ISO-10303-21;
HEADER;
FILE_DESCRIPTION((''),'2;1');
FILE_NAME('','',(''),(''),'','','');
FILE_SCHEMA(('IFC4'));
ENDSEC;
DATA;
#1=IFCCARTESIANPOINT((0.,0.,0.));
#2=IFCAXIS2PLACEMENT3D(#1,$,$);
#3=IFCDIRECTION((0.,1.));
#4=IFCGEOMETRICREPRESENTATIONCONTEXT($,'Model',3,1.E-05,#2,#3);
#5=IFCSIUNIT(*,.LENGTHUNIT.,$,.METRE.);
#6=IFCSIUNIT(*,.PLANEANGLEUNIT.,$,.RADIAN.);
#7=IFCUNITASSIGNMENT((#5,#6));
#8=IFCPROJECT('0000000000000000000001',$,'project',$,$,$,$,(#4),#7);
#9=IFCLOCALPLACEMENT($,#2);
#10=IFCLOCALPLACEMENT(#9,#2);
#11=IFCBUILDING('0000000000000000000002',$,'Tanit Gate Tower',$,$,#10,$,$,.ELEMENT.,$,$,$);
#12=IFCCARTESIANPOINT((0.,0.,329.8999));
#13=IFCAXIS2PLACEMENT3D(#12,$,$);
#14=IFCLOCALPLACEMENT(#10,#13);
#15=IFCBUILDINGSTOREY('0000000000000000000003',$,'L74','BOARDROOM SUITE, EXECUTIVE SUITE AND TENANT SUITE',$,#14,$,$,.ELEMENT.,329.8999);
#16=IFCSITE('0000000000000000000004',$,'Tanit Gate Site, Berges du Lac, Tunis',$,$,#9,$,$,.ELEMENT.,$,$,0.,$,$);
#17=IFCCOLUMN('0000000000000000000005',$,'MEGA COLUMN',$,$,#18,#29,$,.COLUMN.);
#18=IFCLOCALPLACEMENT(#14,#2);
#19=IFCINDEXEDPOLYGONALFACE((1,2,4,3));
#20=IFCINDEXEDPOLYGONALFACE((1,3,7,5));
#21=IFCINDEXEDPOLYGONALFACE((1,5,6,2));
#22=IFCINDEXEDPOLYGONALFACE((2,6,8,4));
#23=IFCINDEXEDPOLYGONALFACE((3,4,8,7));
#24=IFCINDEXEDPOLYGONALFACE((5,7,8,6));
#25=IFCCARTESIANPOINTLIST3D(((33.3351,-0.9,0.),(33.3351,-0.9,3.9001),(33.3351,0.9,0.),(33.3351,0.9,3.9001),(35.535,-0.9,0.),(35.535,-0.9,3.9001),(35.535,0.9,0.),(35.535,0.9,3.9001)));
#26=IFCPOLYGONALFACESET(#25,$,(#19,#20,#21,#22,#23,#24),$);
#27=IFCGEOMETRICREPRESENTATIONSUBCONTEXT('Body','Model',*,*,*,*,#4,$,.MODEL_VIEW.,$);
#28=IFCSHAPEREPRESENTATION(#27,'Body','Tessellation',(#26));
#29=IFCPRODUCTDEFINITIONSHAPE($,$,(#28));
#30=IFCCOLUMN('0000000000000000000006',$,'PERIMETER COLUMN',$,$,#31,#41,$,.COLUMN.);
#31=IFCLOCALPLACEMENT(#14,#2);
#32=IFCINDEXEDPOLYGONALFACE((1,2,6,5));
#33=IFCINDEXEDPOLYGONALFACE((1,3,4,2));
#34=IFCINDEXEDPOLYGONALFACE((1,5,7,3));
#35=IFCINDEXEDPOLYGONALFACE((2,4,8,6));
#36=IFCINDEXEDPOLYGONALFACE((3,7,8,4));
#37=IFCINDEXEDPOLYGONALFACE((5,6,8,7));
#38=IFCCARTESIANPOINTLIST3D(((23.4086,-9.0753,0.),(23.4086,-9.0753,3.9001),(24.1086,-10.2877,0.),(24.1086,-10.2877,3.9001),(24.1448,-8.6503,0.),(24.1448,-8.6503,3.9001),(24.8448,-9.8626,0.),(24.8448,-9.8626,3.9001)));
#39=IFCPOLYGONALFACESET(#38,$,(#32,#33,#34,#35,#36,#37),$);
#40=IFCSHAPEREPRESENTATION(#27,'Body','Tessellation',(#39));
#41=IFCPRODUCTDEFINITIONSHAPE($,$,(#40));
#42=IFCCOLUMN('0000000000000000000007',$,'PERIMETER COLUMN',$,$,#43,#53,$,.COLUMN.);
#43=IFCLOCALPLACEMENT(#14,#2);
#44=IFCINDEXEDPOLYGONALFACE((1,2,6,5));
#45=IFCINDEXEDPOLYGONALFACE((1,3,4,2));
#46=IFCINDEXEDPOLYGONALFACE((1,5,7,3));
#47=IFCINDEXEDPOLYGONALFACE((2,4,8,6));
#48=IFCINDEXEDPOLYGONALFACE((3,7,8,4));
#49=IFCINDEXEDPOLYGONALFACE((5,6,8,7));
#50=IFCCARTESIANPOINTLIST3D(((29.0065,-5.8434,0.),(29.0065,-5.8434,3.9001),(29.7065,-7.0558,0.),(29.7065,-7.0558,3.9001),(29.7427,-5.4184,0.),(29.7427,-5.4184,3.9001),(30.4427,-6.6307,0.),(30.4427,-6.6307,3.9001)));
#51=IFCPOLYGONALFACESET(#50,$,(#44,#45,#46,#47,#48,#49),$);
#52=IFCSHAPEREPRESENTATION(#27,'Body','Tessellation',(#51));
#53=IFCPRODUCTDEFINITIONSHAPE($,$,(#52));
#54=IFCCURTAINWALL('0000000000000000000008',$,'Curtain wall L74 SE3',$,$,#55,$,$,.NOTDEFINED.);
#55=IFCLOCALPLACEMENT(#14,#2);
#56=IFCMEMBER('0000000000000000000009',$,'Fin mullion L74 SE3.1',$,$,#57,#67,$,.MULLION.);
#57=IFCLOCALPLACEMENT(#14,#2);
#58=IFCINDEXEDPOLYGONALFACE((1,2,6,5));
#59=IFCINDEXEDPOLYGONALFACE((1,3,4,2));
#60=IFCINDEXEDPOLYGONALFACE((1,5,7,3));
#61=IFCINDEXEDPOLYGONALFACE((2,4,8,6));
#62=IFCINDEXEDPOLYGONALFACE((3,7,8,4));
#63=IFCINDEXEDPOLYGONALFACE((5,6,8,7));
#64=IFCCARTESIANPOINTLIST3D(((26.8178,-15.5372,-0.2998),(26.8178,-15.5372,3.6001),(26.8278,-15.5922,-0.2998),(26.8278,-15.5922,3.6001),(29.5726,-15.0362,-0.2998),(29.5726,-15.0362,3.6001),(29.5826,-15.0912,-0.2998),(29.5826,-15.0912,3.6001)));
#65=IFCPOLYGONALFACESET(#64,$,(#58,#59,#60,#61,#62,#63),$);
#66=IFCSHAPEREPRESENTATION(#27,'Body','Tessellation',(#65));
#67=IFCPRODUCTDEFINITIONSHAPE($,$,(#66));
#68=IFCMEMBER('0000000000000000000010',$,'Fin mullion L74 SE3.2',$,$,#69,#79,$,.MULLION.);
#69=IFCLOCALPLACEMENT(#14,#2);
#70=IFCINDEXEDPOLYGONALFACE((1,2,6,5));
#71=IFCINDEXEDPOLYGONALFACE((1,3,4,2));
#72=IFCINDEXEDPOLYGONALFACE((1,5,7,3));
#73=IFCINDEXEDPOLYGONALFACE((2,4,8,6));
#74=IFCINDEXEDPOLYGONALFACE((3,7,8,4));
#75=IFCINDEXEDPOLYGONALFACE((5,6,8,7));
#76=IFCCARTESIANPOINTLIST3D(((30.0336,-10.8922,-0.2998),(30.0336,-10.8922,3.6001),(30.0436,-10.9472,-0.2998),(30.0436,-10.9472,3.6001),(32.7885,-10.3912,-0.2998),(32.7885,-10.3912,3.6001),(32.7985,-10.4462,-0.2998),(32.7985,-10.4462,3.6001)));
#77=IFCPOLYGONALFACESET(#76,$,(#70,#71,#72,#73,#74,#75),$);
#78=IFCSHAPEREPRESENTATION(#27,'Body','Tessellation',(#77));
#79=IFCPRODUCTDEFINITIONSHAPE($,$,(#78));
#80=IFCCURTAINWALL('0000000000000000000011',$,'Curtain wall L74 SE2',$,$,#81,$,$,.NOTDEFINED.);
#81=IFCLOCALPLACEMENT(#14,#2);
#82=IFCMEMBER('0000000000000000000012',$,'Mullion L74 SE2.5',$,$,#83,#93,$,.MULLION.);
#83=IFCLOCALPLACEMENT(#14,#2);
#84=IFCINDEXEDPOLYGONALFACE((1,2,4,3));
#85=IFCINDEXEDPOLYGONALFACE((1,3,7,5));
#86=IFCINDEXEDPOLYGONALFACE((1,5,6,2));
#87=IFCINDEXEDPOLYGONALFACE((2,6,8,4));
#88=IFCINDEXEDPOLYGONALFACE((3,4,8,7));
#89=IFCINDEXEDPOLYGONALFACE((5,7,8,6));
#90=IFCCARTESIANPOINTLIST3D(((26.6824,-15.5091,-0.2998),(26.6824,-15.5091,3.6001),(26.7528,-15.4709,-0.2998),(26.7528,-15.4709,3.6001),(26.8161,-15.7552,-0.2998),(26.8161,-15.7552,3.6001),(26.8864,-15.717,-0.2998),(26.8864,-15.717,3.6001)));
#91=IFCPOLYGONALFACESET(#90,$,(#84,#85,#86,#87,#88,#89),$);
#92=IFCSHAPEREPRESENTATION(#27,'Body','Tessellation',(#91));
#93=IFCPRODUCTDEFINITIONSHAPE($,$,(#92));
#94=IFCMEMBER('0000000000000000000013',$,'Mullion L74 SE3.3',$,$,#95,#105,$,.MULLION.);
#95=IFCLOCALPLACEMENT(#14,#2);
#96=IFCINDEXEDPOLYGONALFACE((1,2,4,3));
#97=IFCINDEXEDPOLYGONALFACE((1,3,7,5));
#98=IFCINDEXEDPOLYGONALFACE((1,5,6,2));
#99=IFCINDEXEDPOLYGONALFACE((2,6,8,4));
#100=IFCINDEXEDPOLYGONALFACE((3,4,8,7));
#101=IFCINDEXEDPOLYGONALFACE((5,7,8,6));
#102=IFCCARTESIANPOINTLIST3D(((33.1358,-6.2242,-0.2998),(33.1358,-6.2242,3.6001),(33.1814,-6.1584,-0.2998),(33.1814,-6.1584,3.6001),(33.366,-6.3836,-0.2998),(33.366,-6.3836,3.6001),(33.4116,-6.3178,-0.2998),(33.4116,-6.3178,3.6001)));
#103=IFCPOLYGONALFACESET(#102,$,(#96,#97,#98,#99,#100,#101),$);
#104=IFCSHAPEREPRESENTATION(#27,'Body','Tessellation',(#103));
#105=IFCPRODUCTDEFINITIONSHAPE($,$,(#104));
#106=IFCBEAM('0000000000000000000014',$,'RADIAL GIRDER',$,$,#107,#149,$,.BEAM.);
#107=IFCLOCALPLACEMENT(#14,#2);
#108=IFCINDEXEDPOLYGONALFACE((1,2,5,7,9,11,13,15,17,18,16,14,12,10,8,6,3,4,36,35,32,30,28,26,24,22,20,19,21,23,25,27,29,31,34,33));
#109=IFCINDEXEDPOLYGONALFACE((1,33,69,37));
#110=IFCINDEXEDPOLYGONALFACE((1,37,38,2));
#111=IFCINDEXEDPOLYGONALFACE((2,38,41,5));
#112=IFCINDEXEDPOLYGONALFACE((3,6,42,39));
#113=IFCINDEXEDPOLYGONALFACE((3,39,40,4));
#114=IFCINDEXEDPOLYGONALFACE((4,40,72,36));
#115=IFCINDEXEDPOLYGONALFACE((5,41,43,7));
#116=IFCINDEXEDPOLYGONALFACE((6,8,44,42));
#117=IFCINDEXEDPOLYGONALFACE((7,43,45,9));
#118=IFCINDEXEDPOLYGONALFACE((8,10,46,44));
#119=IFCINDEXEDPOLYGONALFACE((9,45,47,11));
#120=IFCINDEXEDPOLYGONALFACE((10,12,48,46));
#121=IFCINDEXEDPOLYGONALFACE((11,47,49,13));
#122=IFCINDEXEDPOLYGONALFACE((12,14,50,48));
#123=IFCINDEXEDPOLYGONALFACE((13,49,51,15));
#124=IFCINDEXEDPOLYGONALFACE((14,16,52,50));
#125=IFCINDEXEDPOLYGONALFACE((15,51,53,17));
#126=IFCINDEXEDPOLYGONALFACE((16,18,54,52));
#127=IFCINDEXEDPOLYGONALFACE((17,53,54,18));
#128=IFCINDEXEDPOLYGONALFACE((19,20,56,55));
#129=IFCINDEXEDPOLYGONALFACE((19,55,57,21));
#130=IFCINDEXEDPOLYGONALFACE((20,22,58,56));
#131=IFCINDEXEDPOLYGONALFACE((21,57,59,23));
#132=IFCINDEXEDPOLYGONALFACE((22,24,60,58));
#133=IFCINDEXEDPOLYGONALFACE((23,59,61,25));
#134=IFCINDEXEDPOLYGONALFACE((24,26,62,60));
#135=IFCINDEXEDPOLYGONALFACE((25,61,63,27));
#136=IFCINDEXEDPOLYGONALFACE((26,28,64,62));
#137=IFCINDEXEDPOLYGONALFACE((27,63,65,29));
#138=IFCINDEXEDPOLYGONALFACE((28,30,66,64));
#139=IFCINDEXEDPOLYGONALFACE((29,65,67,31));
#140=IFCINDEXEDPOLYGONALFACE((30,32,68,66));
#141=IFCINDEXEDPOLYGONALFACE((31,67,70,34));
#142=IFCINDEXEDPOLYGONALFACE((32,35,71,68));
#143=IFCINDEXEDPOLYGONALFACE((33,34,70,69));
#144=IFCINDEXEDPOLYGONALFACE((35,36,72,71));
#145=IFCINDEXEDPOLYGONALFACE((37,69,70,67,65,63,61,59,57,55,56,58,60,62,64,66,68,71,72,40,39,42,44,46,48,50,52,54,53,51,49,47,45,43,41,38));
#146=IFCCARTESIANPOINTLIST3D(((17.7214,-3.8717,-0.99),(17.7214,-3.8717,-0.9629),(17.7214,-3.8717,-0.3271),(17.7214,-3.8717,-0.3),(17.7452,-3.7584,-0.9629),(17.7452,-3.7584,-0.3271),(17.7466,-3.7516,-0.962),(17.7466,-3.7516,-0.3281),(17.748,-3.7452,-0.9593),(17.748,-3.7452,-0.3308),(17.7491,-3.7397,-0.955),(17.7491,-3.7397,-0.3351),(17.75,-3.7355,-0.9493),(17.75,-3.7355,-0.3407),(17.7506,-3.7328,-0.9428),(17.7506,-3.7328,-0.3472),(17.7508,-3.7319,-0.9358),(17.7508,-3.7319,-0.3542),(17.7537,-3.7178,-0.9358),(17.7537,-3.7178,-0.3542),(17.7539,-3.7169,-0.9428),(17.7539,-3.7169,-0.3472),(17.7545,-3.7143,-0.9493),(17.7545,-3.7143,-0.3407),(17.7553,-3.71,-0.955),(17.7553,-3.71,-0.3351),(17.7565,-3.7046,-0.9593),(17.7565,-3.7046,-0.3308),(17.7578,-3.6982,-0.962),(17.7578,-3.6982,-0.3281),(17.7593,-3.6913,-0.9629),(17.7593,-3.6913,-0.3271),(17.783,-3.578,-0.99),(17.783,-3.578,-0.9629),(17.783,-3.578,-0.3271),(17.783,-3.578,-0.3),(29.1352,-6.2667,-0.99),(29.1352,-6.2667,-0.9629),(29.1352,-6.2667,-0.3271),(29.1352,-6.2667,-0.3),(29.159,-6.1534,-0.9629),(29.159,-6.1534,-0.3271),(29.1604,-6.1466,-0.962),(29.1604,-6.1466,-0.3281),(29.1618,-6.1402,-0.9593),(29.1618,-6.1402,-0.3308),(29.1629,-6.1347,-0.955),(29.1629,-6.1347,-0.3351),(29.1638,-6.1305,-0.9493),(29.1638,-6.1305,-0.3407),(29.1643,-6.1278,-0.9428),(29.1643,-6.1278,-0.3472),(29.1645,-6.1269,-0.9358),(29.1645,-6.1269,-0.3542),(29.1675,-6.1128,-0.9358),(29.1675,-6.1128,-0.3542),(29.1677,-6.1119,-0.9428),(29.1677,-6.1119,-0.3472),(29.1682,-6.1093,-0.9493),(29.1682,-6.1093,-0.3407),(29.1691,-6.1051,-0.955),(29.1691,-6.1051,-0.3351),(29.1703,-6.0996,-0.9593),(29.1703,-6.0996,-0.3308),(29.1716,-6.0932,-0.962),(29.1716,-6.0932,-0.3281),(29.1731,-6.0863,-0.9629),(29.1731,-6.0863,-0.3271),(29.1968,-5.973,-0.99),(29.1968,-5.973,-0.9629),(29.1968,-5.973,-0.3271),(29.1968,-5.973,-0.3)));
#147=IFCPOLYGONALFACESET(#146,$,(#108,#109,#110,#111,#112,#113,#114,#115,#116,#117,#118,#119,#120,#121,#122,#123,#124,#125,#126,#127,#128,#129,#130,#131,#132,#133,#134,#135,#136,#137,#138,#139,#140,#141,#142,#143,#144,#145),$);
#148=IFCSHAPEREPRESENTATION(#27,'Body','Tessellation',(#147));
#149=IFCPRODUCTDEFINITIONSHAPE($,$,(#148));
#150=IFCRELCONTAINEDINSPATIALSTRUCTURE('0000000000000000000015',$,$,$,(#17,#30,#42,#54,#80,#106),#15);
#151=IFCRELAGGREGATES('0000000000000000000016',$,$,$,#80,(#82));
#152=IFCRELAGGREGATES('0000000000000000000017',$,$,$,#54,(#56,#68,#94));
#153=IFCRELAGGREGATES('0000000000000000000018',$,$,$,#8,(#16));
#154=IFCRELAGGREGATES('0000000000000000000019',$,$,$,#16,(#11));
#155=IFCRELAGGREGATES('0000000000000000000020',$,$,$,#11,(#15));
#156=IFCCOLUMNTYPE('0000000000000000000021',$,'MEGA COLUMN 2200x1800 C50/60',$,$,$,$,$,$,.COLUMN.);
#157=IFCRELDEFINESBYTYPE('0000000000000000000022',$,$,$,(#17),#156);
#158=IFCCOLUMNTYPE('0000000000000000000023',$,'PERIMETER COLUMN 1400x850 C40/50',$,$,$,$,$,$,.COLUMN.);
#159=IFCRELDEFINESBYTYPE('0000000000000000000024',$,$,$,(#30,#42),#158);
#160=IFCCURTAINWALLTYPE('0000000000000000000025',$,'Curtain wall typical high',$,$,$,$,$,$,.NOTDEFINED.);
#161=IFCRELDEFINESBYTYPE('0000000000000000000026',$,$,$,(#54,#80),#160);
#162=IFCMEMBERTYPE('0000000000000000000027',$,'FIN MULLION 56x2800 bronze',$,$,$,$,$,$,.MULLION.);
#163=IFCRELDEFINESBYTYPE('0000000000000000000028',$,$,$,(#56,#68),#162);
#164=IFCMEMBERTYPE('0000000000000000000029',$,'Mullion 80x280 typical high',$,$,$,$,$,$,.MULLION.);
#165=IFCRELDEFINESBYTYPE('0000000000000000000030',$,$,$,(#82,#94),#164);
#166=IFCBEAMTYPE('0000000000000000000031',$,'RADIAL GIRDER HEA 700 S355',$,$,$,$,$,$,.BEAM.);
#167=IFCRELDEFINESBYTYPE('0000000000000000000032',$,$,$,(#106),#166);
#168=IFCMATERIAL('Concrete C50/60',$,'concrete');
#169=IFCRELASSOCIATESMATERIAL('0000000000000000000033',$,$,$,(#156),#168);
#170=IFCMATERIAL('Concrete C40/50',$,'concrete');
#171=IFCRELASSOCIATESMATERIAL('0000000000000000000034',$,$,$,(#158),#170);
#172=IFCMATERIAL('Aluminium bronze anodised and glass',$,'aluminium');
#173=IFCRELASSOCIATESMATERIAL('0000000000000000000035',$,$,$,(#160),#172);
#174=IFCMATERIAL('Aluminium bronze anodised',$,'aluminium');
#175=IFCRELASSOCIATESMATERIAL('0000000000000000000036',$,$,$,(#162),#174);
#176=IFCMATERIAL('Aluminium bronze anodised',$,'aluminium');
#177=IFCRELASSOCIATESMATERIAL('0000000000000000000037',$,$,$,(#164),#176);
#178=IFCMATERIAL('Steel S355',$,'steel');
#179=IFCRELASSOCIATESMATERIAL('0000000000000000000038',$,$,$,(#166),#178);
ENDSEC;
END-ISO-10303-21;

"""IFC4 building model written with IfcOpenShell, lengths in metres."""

from ifc_helpers import new_model, si_unit, direction, frame, origin, origin_2d, place, context, subcontext, project, spatial, rectangle, i_section, extrude, material, material_profile, profile_set, type_object, element, aggregate, save


model = new_model("IFC4")

# Units and contexts
model_context = context("Model", 3, precision=1e-05, world=origin(), true_north=direction((0.0, 1.0)))
body_context = subcontext(model_context, "Body", "Model", "MODEL_VIEW")
ifc_project = project(units=[si_unit("LENGTHUNIT", "METRE"), si_unit("PLANEANGLEUNIT", "RADIAN")], contexts=[model_context])

# Site, building, storey
site_placement = place(None, origin())
site = spatial("IfcSite", under=ifc_project, at=site_placement, Name="Tanit Gate Site, Berges du Lac, Tunis", CompositionType="ELEMENT", RefElevation=0.0)
building_placement = place(site_placement, origin())
building = spatial("IfcBuilding", under=site, at=building_placement, Name="Tanit Gate Tower", CompositionType="ELEMENT")
storey_placement = place(building_placement, frame((0.0, 0.0, 329.8999)))
storey = spatial("IfcBuildingStorey", under=building, at=storey_placement, Name="L74", Description="BOARDROOM SUITE, EXECUTIVE SUITE AND TENANT SUITE", CompositionType="ELEMENT", Elevation=329.8999)

# Columns
ifc_material_1 = material(Name="Concrete C50/60", Category="concrete")
ifc_material_profile_1 = material_profile(ifc_material_1, rectangle(XDim=2.2, YDim=1.8, at=origin_2d()), Name="RC 2200x1800")
ifc_profile_set_1 = profile_set([ifc_material_profile_1], Name="Concrete C50/60")
column_type_1 = type_object("IfcColumnType", Name="MEGA COLUMN 2200x1800 C50/60", PredefinedType="COLUMN", material=ifc_profile_set_1)
column_placement = place(storey_placement, frame((34.4351, 0.0, 0.0), z_axis=(0.0, 0.0, 1.0), x_axis=(1.0, 0.0, 0.0)))
element("IfcColumn", 1, at=column_placement, inside=storey, type_object=column_type_1, Name="MEGA COLUMN", PredefinedType="COLUMN", context=body_context, shape_type="SweptSolid", body=[
    extrude(rectangle(XDim=2.2, YDim=1.8, at=origin_2d()), origin(), (0.0, 0.0, 1.0), 3.9001),
])
ifc_material_2 = material(Name="Concrete C40/50", Category="concrete")
ifc_material_profile_2 = material_profile(ifc_material_2, rectangle(XDim=1.3999, YDim=0.8501, at=origin_2d()), Name="RC 1400x850")
ifc_profile_set_2 = profile_set([ifc_material_profile_2], Name="Concrete C40/50")
column_type_2 = type_object("IfcColumnType", Name="PERIMETER COLUMN 1400x850 C40/50", PredefinedType="COLUMN", material=ifc_profile_set_2)
for number, where, z_axis, x_axis, name in (
    (2, (24.1267, -9.469, 0.0), (0.0, 0.0, 1.0), (0.5, -0.866025, 0.0), "PERIMETER COLUMN"),
    (3, (29.7246, -6.2371, 0.0), (0.0, 0.0, 1.0), (0.5, -0.866025, 0.0), "PERIMETER COLUMN"),
):
    element("IfcColumn", number, at=place(storey_placement, frame(where, z_axis=z_axis, x_axis=x_axis)), inside=storey, type_object=column_type_2, Name=name, PredefinedType="COLUMN", context=body_context, shape_type="SweptSolid", body=[
        extrude(rectangle(XDim=1.3999, YDim=0.8501, at=origin_2d()), origin(), (0.0, 0.0, 1.0), 3.9001),
    ])

# Curtain wall, members
ifc_material_3 = material(Name="Aluminium bronze anodised and glass", Category="aluminium")
curtain_wall_type = type_object("IfcCurtainWallType", Name="Curtain wall typical high", PredefinedType="NOTDEFINED", material=ifc_material_3)
curtain_wall_1_placement = place(storey_placement, origin())
curtain_wall_1 = element("IfcCurtainWall", 4, at=curtain_wall_1_placement, inside=storey, type_object=curtain_wall_type, Name="Curtain wall L74 SE3", PredefinedType="NOTDEFINED")
ifc_material_4 = material(Name="Aluminium bronze anodised", Category="aluminium")
ifc_material_profile_3 = material_profile(ifc_material_4, rectangle(XDim=2.8, YDim=0.0559, at=origin_2d()), Name="56x2800 bronze fin mullion")
ifc_profile_set_3 = profile_set([ifc_material_profile_3], Name="Aluminium bronze anodised")
member_type_1 = type_object("IfcMemberType", Name="FIN MULLION 56x2800 bronze", PredefinedType="MULLION", material=ifc_profile_set_3)
member_1_placement = place(storey_placement, frame((28.2002, -15.3142, -0.2998), z_axis=(0.0, 0.0, 1.0), x_axis=(-0.983866, -0.178909, 0.0)))
member_1 = element("IfcMember", 5, at=member_1_placement, type_object=member_type_1, Name="Fin mullion L74 SE3.1", PredefinedType="MULLION", context=body_context, shape_type="SweptSolid", body=[
    extrude(rectangle(XDim=2.8, YDim=0.0559, at=origin_2d()), origin(), (0.0, 0.0, 1.0), 3.8999),
])
member_2_placement = place(storey_placement, frame((31.416, -10.6692, -0.2998), z_axis=(0.0, 0.0, 1.0), x_axis=(-0.983866, -0.178909, 0.0)))
member_2 = element("IfcMember", 6, at=member_2_placement, type_object=member_type_1, Name="Fin mullion L74 SE3.2", PredefinedType="MULLION", context=body_context, shape_type="SweptSolid", body=[
    extrude(rectangle(XDim=2.8, YDim=0.0559, at=origin_2d()), origin(), (0.0, 0.0, 1.0), 3.8999),
])

# Curtain wall, member
curtain_wall_2_placement = place(storey_placement, origin())
curtain_wall_2 = element("IfcCurtainWall", 7, at=curtain_wall_2_placement, inside=storey, type_object=curtain_wall_type, Name="Curtain wall L74 SE2", PredefinedType="NOTDEFINED")
ifc_material_5 = material(Name="Aluminium bronze anodised", Category="aluminium")
ifc_material_profile_4 = material_profile(ifc_material_5, rectangle(XDim=0.28, YDim=0.0801, at=origin_2d()), Name="80x280 bronze mullion")
ifc_profile_set_4 = profile_set([ifc_material_profile_4], Name="Aluminium bronze anodised")
member_type_2 = type_object("IfcMemberType", Name="Mullion 80x280 typical high", PredefinedType="MULLION", material=ifc_profile_set_4)
member_3_placement = place(storey_placement, frame((26.7844, -15.613, -0.2998), z_axis=(0.0, 0.0, 1.0), x_axis=(-0.477259, 0.878762, 0.0)))
member_3 = element("IfcMember", 8, at=member_3_placement, type_object=member_type_2, Name="Mullion L74 SE2.5", PredefinedType="MULLION", context=body_context, shape_type="SweptSolid", body=[
    extrude(rectangle(XDim=0.28, YDim=0.0801, at=origin_2d()), origin(), (0.0, 0.0, 1.0), 3.8999),
])

# Member
member_4_placement = place(storey_placement, frame((33.2737, -6.271, -0.2998), z_axis=(0.0, 0.0, 1.0), x_axis=(-0.822206, 0.56919, 0.0)))
member_4 = element("IfcMember", 9, at=member_4_placement, type_object=member_type_2, Name="Mullion L74 SE3.3", PredefinedType="MULLION", context=body_context, shape_type="SweptSolid", body=[
    extrude(rectangle(XDim=0.28, YDim=0.0801, at=origin_2d()), origin(), (0.0, 0.0, 1.0), 3.8999),
])

# Beam
ifc_material_6 = material(Name="Steel S355", Category="steel")
ifc_material_profile_5 = material_profile(ifc_material_6, i_section(OverallWidth=0.3, OverallDepth=0.6899, WebThickness=0.0144, FlangeThickness=0.0271, FilletRadius=0.0271, at=origin_2d()), Name="HEA 700")
ifc_profile_set_5 = profile_set([ifc_material_profile_5], Name="Steel S355")
beam_type_1 = type_object("IfcBeamType", Name="RADIAL GIRDER HEA 700 S355", PredefinedType="BEAM", material=ifc_profile_set_5)
beam_1_placement = place(storey_placement, frame((29.166, -6.1199, -0.645), z_axis=(-0.978686, 0.205363, 0.0), x_axis=(-0.205363, -0.978686, 0.0)))
element("IfcBeam", 10, at=beam_1_placement, inside=storey, type_object=beam_type_1, Name="RADIAL GIRDER", PredefinedType="BEAM", context=body_context, shape_type="SweptSolid", body=[
    extrude(i_section(OverallWidth=0.3, OverallDepth=0.6899, WebThickness=0.0144, FlangeThickness=0.0271, FilletRadius=0.0271, at=origin_2d()), origin(), (0.0, 0.0, 1.0), 11.6624),
])

aggregate(curtain_wall_2, [member_3])
aggregate(curtain_wall_1, [member_1, member_2, member_4])

save(model, "model.ifc")
